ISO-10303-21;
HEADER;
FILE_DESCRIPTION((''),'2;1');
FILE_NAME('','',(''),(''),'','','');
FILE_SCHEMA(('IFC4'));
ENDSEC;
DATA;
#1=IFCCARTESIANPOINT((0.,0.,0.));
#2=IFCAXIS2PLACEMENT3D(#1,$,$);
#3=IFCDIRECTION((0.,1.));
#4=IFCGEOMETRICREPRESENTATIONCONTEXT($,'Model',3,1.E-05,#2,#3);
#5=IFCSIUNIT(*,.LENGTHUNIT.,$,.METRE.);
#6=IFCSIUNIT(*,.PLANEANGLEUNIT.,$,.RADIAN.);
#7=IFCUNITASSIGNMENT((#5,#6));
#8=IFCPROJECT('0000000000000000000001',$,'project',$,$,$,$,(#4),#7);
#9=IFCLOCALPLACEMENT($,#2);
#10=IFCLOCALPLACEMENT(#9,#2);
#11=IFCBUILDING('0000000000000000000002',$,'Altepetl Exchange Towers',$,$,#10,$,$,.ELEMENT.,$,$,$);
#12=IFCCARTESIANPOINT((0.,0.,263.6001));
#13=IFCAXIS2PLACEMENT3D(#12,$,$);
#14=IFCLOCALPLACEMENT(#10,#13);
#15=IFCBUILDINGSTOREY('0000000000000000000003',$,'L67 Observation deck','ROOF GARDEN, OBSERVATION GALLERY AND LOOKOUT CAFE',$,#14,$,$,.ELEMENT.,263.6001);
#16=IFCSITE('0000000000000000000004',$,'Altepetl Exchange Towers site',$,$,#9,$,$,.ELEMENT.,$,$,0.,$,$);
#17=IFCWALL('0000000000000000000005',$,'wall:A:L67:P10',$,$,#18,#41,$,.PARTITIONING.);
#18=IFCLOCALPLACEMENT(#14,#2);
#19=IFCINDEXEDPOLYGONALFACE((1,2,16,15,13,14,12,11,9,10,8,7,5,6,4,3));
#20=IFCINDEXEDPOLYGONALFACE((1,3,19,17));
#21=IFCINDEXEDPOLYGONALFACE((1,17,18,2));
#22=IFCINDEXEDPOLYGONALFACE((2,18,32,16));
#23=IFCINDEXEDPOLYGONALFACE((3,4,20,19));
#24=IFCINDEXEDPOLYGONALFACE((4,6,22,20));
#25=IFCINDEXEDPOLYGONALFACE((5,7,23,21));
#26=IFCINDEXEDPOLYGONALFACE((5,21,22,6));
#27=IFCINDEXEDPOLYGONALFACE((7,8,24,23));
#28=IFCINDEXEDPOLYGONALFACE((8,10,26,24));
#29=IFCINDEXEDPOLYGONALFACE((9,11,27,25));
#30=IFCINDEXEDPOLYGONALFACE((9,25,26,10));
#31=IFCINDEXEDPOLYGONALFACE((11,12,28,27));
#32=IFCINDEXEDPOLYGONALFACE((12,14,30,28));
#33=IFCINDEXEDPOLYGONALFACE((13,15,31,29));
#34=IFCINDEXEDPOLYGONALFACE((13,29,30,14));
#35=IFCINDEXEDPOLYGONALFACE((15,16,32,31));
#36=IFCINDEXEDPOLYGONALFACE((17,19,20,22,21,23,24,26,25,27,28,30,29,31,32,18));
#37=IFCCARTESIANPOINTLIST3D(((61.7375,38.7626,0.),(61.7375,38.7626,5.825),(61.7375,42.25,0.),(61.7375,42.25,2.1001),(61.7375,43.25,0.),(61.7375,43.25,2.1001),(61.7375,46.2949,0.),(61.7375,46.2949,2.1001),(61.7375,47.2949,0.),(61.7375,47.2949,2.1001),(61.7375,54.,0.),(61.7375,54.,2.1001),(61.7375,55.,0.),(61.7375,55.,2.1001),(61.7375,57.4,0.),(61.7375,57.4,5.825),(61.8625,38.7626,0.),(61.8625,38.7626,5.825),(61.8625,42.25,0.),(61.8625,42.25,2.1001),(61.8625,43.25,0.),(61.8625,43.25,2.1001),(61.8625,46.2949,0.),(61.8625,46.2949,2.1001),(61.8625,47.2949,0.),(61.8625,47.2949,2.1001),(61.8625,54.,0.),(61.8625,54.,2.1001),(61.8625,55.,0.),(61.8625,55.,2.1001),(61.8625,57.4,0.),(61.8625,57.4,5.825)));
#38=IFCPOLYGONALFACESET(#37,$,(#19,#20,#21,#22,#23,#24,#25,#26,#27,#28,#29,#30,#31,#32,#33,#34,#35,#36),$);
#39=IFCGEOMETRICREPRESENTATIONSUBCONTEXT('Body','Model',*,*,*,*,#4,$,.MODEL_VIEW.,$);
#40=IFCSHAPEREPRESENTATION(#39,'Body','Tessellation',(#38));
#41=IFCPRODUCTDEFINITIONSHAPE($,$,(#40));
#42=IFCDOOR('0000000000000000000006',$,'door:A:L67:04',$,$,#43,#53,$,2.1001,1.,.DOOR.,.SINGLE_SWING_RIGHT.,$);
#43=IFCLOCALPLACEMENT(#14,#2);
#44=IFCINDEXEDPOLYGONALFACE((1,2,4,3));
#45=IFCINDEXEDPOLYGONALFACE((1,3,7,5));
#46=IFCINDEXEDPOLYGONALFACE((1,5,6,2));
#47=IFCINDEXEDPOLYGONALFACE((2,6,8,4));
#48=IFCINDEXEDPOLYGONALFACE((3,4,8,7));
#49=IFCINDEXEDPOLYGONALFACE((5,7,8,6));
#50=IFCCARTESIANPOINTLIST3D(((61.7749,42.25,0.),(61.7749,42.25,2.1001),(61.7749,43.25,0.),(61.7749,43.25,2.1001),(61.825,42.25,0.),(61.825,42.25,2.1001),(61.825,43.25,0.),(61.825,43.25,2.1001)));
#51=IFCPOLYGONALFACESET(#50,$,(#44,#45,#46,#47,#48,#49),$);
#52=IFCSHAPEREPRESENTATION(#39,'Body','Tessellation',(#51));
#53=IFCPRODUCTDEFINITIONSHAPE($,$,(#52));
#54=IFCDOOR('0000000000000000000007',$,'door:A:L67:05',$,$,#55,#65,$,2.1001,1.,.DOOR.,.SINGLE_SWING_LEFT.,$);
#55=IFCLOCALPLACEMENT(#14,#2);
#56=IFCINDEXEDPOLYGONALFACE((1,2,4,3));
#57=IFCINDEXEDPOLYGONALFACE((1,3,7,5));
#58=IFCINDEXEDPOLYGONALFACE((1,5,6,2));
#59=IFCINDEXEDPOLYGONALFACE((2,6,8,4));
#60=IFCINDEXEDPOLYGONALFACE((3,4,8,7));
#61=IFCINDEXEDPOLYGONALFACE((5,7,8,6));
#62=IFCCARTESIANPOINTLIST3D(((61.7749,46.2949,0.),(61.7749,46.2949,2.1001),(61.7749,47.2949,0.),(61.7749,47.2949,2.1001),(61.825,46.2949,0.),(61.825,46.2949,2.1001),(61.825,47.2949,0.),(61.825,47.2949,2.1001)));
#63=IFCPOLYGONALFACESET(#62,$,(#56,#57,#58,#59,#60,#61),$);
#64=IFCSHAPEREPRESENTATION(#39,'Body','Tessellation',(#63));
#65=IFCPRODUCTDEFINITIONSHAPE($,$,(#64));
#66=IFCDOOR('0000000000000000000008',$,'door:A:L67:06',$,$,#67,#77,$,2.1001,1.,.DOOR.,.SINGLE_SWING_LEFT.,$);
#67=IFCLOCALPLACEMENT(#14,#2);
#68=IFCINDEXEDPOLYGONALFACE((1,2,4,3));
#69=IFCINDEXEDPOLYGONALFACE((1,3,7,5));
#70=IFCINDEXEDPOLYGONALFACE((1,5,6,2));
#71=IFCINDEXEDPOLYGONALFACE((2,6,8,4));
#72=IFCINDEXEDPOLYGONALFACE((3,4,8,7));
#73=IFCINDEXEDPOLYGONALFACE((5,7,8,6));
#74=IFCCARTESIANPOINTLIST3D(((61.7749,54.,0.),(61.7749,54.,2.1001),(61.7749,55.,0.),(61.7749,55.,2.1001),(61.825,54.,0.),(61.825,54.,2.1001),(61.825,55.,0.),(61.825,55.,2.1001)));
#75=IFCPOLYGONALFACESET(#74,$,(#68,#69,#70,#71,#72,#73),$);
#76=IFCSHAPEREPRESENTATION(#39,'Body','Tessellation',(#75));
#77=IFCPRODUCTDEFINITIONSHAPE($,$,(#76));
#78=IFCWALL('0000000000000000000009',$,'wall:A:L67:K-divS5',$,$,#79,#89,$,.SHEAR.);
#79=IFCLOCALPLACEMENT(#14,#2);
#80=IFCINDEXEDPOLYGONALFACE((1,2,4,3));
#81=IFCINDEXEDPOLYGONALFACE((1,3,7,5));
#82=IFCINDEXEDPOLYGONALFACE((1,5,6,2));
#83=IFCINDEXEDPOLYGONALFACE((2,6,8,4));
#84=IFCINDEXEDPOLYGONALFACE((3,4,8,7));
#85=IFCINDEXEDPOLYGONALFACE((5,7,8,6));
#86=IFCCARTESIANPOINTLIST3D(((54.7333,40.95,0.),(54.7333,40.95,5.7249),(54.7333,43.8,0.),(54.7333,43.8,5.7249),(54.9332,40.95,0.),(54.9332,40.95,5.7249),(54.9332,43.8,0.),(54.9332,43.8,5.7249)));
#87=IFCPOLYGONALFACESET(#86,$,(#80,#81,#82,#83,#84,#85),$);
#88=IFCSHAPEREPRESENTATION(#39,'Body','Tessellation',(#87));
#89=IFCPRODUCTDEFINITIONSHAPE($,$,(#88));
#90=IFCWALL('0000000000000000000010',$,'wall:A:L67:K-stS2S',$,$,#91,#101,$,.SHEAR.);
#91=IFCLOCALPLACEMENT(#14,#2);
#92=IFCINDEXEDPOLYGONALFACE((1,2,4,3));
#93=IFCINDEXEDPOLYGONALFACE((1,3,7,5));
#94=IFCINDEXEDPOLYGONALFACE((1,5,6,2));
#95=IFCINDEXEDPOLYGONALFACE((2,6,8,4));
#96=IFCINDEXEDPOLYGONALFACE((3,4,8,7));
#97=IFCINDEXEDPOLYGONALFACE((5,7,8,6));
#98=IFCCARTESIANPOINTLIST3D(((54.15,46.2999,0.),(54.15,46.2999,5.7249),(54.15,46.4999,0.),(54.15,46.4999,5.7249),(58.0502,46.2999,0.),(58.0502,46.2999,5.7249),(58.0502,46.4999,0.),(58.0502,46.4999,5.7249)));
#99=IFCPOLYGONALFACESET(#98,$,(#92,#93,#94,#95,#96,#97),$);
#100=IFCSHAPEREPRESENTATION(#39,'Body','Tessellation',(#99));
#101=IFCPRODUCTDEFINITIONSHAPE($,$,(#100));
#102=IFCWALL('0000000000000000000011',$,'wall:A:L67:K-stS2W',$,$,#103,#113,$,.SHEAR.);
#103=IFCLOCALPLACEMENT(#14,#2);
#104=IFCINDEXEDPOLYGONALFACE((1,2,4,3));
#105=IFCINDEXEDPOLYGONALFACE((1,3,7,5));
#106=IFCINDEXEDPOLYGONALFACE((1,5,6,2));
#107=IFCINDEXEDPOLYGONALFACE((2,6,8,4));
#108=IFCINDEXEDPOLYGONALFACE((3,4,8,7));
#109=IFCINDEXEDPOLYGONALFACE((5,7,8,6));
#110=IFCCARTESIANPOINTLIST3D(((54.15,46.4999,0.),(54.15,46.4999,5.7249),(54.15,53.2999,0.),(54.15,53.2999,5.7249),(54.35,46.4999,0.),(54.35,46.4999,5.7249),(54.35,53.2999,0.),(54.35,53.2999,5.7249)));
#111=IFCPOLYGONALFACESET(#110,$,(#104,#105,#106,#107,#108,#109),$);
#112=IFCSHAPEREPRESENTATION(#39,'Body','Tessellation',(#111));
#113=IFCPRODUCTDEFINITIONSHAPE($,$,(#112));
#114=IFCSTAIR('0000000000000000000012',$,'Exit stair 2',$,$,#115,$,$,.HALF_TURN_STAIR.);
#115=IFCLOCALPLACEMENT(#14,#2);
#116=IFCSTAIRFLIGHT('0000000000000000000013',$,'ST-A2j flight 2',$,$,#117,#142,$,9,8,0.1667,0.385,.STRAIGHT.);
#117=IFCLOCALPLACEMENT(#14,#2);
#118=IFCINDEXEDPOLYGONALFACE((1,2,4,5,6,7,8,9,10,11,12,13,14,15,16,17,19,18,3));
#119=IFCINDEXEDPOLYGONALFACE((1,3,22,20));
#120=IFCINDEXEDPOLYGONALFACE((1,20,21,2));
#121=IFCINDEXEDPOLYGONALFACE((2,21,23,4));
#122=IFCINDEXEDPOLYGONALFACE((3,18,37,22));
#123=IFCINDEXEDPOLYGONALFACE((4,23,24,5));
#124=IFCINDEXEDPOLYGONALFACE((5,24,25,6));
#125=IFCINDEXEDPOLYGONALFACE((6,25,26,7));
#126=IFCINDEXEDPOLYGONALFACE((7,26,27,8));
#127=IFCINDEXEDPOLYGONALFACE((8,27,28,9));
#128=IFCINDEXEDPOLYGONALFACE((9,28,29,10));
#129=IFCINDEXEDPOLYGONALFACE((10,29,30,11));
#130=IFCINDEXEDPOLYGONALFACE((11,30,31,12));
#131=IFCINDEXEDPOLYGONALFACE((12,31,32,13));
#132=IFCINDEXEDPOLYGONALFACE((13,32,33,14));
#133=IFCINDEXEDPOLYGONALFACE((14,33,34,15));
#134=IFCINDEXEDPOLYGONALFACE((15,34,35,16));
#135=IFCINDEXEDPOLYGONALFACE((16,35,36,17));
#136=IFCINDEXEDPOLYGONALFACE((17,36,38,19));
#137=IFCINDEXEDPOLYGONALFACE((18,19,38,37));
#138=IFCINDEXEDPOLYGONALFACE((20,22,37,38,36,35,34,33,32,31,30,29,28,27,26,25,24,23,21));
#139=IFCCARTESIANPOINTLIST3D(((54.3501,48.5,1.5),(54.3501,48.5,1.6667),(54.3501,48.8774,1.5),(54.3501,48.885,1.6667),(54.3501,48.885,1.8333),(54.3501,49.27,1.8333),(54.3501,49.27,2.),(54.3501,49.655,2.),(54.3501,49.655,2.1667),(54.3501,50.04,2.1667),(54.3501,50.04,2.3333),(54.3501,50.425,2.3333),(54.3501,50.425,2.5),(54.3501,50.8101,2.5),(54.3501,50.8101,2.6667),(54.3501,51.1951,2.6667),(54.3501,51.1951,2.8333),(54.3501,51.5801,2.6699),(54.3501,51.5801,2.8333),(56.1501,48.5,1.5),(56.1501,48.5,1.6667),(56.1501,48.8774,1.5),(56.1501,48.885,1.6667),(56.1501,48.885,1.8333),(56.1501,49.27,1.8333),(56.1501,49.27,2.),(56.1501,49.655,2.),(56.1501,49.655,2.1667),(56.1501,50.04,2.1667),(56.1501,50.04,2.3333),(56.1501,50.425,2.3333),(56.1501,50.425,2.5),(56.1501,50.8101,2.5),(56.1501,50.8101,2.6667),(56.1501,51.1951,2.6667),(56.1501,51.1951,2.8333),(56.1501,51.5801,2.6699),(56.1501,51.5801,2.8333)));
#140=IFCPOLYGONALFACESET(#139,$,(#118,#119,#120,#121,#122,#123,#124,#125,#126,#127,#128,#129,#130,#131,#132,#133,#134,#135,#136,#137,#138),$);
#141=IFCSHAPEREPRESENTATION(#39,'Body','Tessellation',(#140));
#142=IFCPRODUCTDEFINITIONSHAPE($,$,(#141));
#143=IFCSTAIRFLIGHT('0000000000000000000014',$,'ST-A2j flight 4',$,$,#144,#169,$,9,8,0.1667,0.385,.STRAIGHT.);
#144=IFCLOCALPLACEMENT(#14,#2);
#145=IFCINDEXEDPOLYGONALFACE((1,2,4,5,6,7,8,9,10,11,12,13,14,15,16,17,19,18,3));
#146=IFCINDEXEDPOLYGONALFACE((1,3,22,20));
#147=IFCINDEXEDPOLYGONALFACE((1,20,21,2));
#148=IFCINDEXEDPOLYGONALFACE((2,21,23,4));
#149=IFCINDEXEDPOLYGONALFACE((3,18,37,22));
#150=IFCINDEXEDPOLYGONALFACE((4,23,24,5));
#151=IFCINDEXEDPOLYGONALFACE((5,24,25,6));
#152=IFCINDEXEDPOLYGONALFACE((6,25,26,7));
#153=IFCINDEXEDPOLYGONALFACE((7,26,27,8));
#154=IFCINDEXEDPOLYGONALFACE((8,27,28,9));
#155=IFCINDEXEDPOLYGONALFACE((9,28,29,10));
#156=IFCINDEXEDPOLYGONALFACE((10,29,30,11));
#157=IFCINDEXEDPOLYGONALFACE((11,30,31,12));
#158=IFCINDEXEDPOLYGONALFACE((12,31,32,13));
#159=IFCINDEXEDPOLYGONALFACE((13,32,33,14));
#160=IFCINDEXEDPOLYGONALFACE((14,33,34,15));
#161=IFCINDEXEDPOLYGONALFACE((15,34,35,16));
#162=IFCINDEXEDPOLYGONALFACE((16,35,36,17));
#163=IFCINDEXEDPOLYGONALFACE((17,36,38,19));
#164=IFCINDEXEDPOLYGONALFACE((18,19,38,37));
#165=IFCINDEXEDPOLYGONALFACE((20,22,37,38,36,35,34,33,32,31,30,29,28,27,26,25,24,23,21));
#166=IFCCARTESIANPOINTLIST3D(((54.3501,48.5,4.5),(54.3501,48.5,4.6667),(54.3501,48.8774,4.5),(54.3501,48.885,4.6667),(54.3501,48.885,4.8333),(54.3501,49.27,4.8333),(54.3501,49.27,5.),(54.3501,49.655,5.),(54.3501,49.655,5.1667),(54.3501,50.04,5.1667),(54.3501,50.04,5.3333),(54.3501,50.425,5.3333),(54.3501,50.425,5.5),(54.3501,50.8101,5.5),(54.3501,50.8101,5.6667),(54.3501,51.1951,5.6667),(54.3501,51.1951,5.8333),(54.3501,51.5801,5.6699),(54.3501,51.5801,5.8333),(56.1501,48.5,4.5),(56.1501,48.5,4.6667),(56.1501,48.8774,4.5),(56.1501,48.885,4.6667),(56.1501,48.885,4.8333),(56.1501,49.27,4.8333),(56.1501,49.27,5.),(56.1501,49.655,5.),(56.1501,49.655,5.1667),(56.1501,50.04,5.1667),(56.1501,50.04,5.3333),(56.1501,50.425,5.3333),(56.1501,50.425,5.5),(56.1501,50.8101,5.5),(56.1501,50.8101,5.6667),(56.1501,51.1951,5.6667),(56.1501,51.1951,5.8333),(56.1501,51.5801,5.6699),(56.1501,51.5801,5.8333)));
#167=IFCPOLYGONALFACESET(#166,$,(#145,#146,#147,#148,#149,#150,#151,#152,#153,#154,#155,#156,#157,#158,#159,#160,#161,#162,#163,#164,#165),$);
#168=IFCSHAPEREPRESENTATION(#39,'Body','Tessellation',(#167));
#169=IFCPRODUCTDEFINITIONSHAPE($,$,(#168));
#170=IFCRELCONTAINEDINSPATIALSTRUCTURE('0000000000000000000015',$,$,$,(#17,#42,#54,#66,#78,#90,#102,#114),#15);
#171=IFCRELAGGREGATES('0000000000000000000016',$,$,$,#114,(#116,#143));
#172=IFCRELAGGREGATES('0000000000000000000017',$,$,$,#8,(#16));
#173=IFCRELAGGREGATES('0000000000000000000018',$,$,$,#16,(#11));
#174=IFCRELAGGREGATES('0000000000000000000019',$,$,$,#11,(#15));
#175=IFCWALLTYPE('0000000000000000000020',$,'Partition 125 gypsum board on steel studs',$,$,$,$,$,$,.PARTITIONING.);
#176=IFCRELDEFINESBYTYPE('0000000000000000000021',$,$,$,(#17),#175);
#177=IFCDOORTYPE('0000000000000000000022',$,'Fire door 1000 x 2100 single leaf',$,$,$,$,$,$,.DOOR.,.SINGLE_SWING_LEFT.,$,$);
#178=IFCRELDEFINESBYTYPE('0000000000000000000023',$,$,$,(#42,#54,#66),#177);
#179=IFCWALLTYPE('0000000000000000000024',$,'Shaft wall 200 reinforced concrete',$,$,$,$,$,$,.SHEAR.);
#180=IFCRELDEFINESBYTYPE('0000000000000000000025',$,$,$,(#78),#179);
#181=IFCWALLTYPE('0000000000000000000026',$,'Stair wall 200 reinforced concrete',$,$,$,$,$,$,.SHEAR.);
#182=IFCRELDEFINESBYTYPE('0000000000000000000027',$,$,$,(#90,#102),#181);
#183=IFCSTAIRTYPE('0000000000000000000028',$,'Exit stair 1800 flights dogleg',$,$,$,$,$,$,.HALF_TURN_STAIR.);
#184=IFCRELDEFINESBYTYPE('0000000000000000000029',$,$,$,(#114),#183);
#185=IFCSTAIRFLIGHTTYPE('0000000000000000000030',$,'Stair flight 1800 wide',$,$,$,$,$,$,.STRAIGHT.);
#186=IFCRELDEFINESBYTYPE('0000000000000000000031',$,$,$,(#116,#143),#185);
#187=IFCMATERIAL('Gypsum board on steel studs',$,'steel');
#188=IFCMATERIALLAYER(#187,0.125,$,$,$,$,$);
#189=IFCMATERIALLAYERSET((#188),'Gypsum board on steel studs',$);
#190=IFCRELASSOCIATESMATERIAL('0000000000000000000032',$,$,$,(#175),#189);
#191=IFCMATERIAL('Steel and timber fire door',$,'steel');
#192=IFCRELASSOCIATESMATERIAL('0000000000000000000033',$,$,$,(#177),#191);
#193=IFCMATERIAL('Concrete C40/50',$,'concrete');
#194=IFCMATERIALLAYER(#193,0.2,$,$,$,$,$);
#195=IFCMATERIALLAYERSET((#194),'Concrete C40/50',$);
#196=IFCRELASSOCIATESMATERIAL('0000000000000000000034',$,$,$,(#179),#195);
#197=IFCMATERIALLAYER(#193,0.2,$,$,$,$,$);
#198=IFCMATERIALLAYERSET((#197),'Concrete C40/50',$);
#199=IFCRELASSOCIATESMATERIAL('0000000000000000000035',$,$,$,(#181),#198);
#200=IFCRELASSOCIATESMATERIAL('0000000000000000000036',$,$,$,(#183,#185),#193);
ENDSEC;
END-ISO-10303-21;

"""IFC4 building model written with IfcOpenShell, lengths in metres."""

from ifc_helpers import new_model, si_unit, direction, frame, frame_2d, origin, place, context, subcontext, project, spatial, polyline, rectangle, outline, extrude, material, layer, layer_set, type_object, element, fill, aggregate, save


model = new_model("IFC4")

# Units and contexts
model_context = context("Model", 3, precision=1e-05, world=origin(), true_north=direction((0.0, 1.0)))
body_context = subcontext(model_context, "Body", "Model", "MODEL_VIEW")
ifc_project = project(units=[si_unit("LENGTHUNIT", "METRE"), si_unit("PLANEANGLEUNIT", "RADIAN")], contexts=[model_context])

# Site, building, storey
site_placement = place(None, origin())
site = spatial("IfcSite", under=ifc_project, at=site_placement, Name="Altepetl Exchange Towers site", CompositionType="ELEMENT", RefElevation=0.0)
building_placement = place(site_placement, origin())
building = spatial("IfcBuilding", under=site, at=building_placement, Name="Altepetl Exchange Towers", CompositionType="ELEMENT")
storey_placement = place(building_placement, frame((0.0, 0.0, 263.6001)))
storey = spatial("IfcBuildingStorey", under=building, at=storey_placement, Name="L67 Observation deck", Description="ROOF GARDEN, OBSERVATION GALLERY AND LOOKOUT CAFE", CompositionType="ELEMENT", Elevation=263.6001)

# Shared definitions
ifc_material_1 = material(Name="Steel and timber fire door", Category="steel")

# Shared definitions
ifc_material_2 = material(Name="Gypsum board on steel studs", Category="steel")
ifc_layer_1 = layer(ifc_material_2, 0.125)
ifc_layer_set_1 = layer_set([ifc_layer_1], Name="Gypsum board on steel studs")
wall_type_1 = type_object("IfcWallType", Name="Partition 125 gypsum board on steel studs", PredefinedType="PARTITIONING", material=ifc_layer_set_1)

# Wall, openings, doors
wall_1_placement = place(storey_placement, frame((61.8, 38.7625, 0.0), z_axis=(0.0, 0.0, 1.0), x_axis=(0.0, 1.0, 0.0)))
wall_1 = element("IfcWall", 1, at=wall_1_placement, inside=storey, type_object=wall_type_1, Name="wall:A:L67:P10", PredefinedType="PARTITIONING", context=body_context, shape_type="SweptSolid", body=[
    extrude(rectangle(XDim=18.6375, YDim=0.125, at=frame_2d((9.3188, 0.0))), origin(), (0.0, 0.0, 1.0), 5.825),
])
opening_1_placement = place(wall_1_placement, frame((3.4875, 0.0, 0.0)))
opening_1 = element("IfcOpeningElement", 2, at=opening_1_placement, cuts=wall_1, PredefinedType="OPENING", context=body_context, shape_type="SweptSolid", body=[
    extrude(rectangle(XDim=1.0, YDim=2.1001, at=frame_2d((0.5, 1.05))), frame((0.0, 0.0725, 0.0), z_axis=(0.0, -1.0, 0.0), x_axis=(1.0, 0.0, 0.0)), (0.0, 0.0, 1.0), 0.145),
])
opening_2_placement = place(wall_1_placement, frame((7.5325, 0.0, 0.0)))
opening_2 = element("IfcOpeningElement", 3, at=opening_2_placement, cuts=wall_1, PredefinedType="OPENING", context=body_context, shape_type="SweptSolid", body=[
    extrude(rectangle(XDim=1.0, YDim=2.1001, at=frame_2d((0.5, 1.05))), frame((0.0, 0.0725, 0.0), z_axis=(0.0, -1.0, 0.0), x_axis=(1.0, 0.0, 0.0)), (0.0, 0.0, 1.0), 0.145),
])
opening_3_placement = place(wall_1_placement, frame((15.2375, 0.0, 0.0)))
opening_3 = element("IfcOpeningElement", 4, at=opening_3_placement, cuts=wall_1, PredefinedType="OPENING", context=body_context, shape_type="SweptSolid", body=[
    extrude(rectangle(XDim=1.0, YDim=2.1001, at=frame_2d((0.5, 1.05))), frame((0.0, 0.0725, 0.0), z_axis=(0.0, -1.0, 0.0), x_axis=(1.0, 0.0, 0.0)), (0.0, 0.0, 1.0), 0.145),
])
door_type_1 = type_object("IfcDoorType", Name="Fire door 1000 x 2100 single leaf", OperationType="SINGLE_SWING_LEFT", PredefinedType="DOOR", material=ifc_material_1)
door_1_placement = place(opening_1_placement, frame((1.0, 0.0, 0.0), x_axis=(-1.0, 0.0, 0.0)))
door_1 = element("IfcDoor", 5, at=door_1_placement, inside=storey, type_object=door_type_1, Name="door:A:L67:04", OperationType="SINGLE_SWING_RIGHT", OverallHeight=2.1001, OverallWidth=1.0, PredefinedType="DOOR", context=body_context, shape_type="SweptSolid", body=[
    extrude(rectangle(XDim=1.0, YDim=2.1001, at=frame_2d((0.5, 1.05))), frame((0.0, 0.0249, 0.0), z_axis=(0.0, -1.0, 0.0), x_axis=(1.0, 0.0, 0.0)), (0.0, 0.0, 1.0), 0.05),
])
fill(opening_1, door_1)
door_2_placement = place(opening_2_placement, frame((1.0, 0.0, 0.0), x_axis=(-1.0, 0.0, 0.0)))
door_2 = element("IfcDoor", 6, at=door_2_placement, inside=storey, type_object=door_type_1, Name="door:A:L67:05", OperationType="SINGLE_SWING_LEFT", OverallHeight=2.1001, OverallWidth=1.0, PredefinedType="DOOR", context=body_context, shape_type="SweptSolid", body=[
    extrude(rectangle(XDim=1.0, YDim=2.1001, at=frame_2d((0.5, 1.05))), frame((0.0, 0.0249, 0.0), z_axis=(0.0, -1.0, 0.0), x_axis=(1.0, 0.0, 0.0)), (0.0, 0.0, 1.0), 0.05),
])
fill(opening_2, door_2)
door_3_placement = place(opening_3_placement, frame((1.0, 0.0, 0.0), x_axis=(-1.0, 0.0, 0.0)))
door_3 = element("IfcDoor", 7, at=door_3_placement, inside=storey, type_object=door_type_1, Name="door:A:L67:06", OperationType="SINGLE_SWING_LEFT", OverallHeight=2.1001, OverallWidth=1.0, PredefinedType="DOOR", context=body_context, shape_type="SweptSolid", body=[
    extrude(rectangle(XDim=1.0, YDim=2.1001, at=frame_2d((0.5, 1.05))), frame((0.0, 0.0249, 0.0), z_axis=(0.0, -1.0, 0.0), x_axis=(1.0, 0.0, 0.0)), (0.0, 0.0, 1.0), 0.05),
])
fill(opening_3, door_3)

# Walls
ifc_material_3 = material(Name="Concrete C40/50", Category="concrete")
ifc_layer_2 = layer(ifc_material_3, 0.2)
ifc_layer_set_2 = layer_set([ifc_layer_2], Name="Concrete C40/50")
wall_type_2 = type_object("IfcWallType", Name="Shaft wall 200 reinforced concrete", PredefinedType="SHEAR", material=ifc_layer_set_2)
wall_2_placement = place(storey_placement, frame((54.8333, 40.95, 0.0), z_axis=(0.0, 0.0, 1.0), x_axis=(0.0, 1.0, 0.0)))
element("IfcWall", 8, at=wall_2_placement, inside=storey, type_object=wall_type_2, Name="wall:A:L67:K-divS5", PredefinedType="SHEAR", context=body_context, shape_type="SweptSolid", body=[
    extrude(rectangle(XDim=2.8501, YDim=0.2, at=frame_2d((1.425, 0.0))), origin(), (0.0, 0.0, 1.0), 5.7249),
])
ifc_layer_3 = layer(ifc_material_3, 0.2)
ifc_layer_set_3 = layer_set([ifc_layer_3], Name="Concrete C40/50")
wall_type_3 = type_object("IfcWallType", Name="Stair wall 200 reinforced concrete", PredefinedType="SHEAR", material=ifc_layer_set_3)
wall_3_placement = place(storey_placement, frame((54.1499, 46.3999, 0.0)))
element("IfcWall", 9, at=wall_3_placement, inside=storey, type_object=wall_type_3, Name="wall:A:L67:K-stS2S", PredefinedType="SHEAR", context=body_context, shape_type="SweptSolid", body=[
    extrude(rectangle(XDim=3.9001, YDim=0.2, at=frame_2d((1.9502, 0.0))), origin(), (0.0, 0.0, 1.0), 5.7249),
])
wall_4_placement = place(storey_placement, frame((54.25, 46.5, 0.0), z_axis=(0.0, 0.0, 1.0), x_axis=(0.0, 1.0, 0.0)))
element("IfcWall", 10, at=wall_4_placement, inside=storey, type_object=wall_type_3, Name="wall:A:L67:K-stS2W", PredefinedType="SHEAR", context=body_context, shape_type="SweptSolid", body=[
    extrude(rectangle(XDim=6.8, YDim=0.2, at=frame_2d((3.3999, 0.0))), origin(), (0.0, 0.0, 1.0), 5.7249),
])

# Stair, stair flights
stair_type = type_object("IfcStairType", Name="Exit stair 1800 flights dogleg", PredefinedType="HALF_TURN_STAIR", material=ifc_material_3)
stair_placement = place(storey_placement, origin())
stair = element("IfcStair", 11, at=stair_placement, inside=storey, type_object=stair_type, Name="Exit stair 2", PredefinedType="HALF_TURN_STAIR")
stair_flight_type = type_object("IfcStairFlightType", Name="Stair flight 1800 wide", PredefinedType="STRAIGHT", material=ifc_material_3)
stair_flight_1_placement = place(storey_placement, frame((55.25, 48.5, 1.5), z_axis=(0.0, 0.0, 1.0), x_axis=(0.0, 1.0, 0.0)))
stair_flight_1 = element("IfcStairFlight", 12, at=stair_flight_1_placement, type_object=stair_flight_type, Name="ST-A2j flight 2", NumberOfRisers=9, NumberOfTreads=8, PredefinedType="STRAIGHT", RiserHeight=0.1667, TreadLength=0.385, context=body_context, shape_type="SweptSolid", body=[
    extrude(outline(polyline([(0.0, 0.0), (0.0, 0.1667), (0.385, 0.1667), (0.385, 0.3333), (0.77, 0.3333), (0.77, 0.5), (1.155, 0.5), (1.155, 0.6667), (1.54, 0.6667), (1.54, 0.8333), (1.925, 0.8333), (1.925, 1.0), (2.3101, 1.0), (2.3101, 1.1667), (2.6951, 1.1667), (2.6951, 1.3333), (3.0801, 1.3333), (3.0801, 1.5), (3.0801, 1.1699), (0.3774, 0.0), (0.0, 0.0)])), frame((0.0, 0.8999, 0.0), z_axis=(0.0, -1.0, 0.0), x_axis=(1.0, 0.0, 0.0)), (0.0, 0.0, 1.0), 1.8),
])
stair_flight_2_placement = place(storey_placement, frame((55.25, 48.5, 4.5), z_axis=(0.0, 0.0, 1.0), x_axis=(0.0, 1.0, 0.0)))
stair_flight_2 = element("IfcStairFlight", 13, at=stair_flight_2_placement, type_object=stair_flight_type, Name="ST-A2j flight 4", NumberOfRisers=9, NumberOfTreads=8, PredefinedType="STRAIGHT", RiserHeight=0.1667, TreadLength=0.385, context=body_context, shape_type="SweptSolid", body=[
    extrude(outline(polyline([(0.0, 0.0), (0.0, 0.1667), (0.385, 0.1667), (0.385, 0.3333), (0.77, 0.3333), (0.77, 0.5), (1.155, 0.5), (1.155, 0.6667), (1.54, 0.6667), (1.54, 0.8333), (1.925, 0.8333), (1.925, 1.0), (2.3101, 1.0), (2.3101, 1.1667), (2.6951, 1.1667), (2.6951, 1.3333), (3.0801, 1.3333), (3.0801, 1.5), (3.0801, 1.1699), (0.3774, 0.0), (0.0, 0.0)])), frame((0.0, 0.8999, 0.0), z_axis=(0.0, -1.0, 0.0), x_axis=(1.0, 0.0, 0.0)), (0.0, 0.0, 1.0), 1.8),
])
aggregate(stair, [stair_flight_1, stair_flight_2])

save(model, "model.ifc")
